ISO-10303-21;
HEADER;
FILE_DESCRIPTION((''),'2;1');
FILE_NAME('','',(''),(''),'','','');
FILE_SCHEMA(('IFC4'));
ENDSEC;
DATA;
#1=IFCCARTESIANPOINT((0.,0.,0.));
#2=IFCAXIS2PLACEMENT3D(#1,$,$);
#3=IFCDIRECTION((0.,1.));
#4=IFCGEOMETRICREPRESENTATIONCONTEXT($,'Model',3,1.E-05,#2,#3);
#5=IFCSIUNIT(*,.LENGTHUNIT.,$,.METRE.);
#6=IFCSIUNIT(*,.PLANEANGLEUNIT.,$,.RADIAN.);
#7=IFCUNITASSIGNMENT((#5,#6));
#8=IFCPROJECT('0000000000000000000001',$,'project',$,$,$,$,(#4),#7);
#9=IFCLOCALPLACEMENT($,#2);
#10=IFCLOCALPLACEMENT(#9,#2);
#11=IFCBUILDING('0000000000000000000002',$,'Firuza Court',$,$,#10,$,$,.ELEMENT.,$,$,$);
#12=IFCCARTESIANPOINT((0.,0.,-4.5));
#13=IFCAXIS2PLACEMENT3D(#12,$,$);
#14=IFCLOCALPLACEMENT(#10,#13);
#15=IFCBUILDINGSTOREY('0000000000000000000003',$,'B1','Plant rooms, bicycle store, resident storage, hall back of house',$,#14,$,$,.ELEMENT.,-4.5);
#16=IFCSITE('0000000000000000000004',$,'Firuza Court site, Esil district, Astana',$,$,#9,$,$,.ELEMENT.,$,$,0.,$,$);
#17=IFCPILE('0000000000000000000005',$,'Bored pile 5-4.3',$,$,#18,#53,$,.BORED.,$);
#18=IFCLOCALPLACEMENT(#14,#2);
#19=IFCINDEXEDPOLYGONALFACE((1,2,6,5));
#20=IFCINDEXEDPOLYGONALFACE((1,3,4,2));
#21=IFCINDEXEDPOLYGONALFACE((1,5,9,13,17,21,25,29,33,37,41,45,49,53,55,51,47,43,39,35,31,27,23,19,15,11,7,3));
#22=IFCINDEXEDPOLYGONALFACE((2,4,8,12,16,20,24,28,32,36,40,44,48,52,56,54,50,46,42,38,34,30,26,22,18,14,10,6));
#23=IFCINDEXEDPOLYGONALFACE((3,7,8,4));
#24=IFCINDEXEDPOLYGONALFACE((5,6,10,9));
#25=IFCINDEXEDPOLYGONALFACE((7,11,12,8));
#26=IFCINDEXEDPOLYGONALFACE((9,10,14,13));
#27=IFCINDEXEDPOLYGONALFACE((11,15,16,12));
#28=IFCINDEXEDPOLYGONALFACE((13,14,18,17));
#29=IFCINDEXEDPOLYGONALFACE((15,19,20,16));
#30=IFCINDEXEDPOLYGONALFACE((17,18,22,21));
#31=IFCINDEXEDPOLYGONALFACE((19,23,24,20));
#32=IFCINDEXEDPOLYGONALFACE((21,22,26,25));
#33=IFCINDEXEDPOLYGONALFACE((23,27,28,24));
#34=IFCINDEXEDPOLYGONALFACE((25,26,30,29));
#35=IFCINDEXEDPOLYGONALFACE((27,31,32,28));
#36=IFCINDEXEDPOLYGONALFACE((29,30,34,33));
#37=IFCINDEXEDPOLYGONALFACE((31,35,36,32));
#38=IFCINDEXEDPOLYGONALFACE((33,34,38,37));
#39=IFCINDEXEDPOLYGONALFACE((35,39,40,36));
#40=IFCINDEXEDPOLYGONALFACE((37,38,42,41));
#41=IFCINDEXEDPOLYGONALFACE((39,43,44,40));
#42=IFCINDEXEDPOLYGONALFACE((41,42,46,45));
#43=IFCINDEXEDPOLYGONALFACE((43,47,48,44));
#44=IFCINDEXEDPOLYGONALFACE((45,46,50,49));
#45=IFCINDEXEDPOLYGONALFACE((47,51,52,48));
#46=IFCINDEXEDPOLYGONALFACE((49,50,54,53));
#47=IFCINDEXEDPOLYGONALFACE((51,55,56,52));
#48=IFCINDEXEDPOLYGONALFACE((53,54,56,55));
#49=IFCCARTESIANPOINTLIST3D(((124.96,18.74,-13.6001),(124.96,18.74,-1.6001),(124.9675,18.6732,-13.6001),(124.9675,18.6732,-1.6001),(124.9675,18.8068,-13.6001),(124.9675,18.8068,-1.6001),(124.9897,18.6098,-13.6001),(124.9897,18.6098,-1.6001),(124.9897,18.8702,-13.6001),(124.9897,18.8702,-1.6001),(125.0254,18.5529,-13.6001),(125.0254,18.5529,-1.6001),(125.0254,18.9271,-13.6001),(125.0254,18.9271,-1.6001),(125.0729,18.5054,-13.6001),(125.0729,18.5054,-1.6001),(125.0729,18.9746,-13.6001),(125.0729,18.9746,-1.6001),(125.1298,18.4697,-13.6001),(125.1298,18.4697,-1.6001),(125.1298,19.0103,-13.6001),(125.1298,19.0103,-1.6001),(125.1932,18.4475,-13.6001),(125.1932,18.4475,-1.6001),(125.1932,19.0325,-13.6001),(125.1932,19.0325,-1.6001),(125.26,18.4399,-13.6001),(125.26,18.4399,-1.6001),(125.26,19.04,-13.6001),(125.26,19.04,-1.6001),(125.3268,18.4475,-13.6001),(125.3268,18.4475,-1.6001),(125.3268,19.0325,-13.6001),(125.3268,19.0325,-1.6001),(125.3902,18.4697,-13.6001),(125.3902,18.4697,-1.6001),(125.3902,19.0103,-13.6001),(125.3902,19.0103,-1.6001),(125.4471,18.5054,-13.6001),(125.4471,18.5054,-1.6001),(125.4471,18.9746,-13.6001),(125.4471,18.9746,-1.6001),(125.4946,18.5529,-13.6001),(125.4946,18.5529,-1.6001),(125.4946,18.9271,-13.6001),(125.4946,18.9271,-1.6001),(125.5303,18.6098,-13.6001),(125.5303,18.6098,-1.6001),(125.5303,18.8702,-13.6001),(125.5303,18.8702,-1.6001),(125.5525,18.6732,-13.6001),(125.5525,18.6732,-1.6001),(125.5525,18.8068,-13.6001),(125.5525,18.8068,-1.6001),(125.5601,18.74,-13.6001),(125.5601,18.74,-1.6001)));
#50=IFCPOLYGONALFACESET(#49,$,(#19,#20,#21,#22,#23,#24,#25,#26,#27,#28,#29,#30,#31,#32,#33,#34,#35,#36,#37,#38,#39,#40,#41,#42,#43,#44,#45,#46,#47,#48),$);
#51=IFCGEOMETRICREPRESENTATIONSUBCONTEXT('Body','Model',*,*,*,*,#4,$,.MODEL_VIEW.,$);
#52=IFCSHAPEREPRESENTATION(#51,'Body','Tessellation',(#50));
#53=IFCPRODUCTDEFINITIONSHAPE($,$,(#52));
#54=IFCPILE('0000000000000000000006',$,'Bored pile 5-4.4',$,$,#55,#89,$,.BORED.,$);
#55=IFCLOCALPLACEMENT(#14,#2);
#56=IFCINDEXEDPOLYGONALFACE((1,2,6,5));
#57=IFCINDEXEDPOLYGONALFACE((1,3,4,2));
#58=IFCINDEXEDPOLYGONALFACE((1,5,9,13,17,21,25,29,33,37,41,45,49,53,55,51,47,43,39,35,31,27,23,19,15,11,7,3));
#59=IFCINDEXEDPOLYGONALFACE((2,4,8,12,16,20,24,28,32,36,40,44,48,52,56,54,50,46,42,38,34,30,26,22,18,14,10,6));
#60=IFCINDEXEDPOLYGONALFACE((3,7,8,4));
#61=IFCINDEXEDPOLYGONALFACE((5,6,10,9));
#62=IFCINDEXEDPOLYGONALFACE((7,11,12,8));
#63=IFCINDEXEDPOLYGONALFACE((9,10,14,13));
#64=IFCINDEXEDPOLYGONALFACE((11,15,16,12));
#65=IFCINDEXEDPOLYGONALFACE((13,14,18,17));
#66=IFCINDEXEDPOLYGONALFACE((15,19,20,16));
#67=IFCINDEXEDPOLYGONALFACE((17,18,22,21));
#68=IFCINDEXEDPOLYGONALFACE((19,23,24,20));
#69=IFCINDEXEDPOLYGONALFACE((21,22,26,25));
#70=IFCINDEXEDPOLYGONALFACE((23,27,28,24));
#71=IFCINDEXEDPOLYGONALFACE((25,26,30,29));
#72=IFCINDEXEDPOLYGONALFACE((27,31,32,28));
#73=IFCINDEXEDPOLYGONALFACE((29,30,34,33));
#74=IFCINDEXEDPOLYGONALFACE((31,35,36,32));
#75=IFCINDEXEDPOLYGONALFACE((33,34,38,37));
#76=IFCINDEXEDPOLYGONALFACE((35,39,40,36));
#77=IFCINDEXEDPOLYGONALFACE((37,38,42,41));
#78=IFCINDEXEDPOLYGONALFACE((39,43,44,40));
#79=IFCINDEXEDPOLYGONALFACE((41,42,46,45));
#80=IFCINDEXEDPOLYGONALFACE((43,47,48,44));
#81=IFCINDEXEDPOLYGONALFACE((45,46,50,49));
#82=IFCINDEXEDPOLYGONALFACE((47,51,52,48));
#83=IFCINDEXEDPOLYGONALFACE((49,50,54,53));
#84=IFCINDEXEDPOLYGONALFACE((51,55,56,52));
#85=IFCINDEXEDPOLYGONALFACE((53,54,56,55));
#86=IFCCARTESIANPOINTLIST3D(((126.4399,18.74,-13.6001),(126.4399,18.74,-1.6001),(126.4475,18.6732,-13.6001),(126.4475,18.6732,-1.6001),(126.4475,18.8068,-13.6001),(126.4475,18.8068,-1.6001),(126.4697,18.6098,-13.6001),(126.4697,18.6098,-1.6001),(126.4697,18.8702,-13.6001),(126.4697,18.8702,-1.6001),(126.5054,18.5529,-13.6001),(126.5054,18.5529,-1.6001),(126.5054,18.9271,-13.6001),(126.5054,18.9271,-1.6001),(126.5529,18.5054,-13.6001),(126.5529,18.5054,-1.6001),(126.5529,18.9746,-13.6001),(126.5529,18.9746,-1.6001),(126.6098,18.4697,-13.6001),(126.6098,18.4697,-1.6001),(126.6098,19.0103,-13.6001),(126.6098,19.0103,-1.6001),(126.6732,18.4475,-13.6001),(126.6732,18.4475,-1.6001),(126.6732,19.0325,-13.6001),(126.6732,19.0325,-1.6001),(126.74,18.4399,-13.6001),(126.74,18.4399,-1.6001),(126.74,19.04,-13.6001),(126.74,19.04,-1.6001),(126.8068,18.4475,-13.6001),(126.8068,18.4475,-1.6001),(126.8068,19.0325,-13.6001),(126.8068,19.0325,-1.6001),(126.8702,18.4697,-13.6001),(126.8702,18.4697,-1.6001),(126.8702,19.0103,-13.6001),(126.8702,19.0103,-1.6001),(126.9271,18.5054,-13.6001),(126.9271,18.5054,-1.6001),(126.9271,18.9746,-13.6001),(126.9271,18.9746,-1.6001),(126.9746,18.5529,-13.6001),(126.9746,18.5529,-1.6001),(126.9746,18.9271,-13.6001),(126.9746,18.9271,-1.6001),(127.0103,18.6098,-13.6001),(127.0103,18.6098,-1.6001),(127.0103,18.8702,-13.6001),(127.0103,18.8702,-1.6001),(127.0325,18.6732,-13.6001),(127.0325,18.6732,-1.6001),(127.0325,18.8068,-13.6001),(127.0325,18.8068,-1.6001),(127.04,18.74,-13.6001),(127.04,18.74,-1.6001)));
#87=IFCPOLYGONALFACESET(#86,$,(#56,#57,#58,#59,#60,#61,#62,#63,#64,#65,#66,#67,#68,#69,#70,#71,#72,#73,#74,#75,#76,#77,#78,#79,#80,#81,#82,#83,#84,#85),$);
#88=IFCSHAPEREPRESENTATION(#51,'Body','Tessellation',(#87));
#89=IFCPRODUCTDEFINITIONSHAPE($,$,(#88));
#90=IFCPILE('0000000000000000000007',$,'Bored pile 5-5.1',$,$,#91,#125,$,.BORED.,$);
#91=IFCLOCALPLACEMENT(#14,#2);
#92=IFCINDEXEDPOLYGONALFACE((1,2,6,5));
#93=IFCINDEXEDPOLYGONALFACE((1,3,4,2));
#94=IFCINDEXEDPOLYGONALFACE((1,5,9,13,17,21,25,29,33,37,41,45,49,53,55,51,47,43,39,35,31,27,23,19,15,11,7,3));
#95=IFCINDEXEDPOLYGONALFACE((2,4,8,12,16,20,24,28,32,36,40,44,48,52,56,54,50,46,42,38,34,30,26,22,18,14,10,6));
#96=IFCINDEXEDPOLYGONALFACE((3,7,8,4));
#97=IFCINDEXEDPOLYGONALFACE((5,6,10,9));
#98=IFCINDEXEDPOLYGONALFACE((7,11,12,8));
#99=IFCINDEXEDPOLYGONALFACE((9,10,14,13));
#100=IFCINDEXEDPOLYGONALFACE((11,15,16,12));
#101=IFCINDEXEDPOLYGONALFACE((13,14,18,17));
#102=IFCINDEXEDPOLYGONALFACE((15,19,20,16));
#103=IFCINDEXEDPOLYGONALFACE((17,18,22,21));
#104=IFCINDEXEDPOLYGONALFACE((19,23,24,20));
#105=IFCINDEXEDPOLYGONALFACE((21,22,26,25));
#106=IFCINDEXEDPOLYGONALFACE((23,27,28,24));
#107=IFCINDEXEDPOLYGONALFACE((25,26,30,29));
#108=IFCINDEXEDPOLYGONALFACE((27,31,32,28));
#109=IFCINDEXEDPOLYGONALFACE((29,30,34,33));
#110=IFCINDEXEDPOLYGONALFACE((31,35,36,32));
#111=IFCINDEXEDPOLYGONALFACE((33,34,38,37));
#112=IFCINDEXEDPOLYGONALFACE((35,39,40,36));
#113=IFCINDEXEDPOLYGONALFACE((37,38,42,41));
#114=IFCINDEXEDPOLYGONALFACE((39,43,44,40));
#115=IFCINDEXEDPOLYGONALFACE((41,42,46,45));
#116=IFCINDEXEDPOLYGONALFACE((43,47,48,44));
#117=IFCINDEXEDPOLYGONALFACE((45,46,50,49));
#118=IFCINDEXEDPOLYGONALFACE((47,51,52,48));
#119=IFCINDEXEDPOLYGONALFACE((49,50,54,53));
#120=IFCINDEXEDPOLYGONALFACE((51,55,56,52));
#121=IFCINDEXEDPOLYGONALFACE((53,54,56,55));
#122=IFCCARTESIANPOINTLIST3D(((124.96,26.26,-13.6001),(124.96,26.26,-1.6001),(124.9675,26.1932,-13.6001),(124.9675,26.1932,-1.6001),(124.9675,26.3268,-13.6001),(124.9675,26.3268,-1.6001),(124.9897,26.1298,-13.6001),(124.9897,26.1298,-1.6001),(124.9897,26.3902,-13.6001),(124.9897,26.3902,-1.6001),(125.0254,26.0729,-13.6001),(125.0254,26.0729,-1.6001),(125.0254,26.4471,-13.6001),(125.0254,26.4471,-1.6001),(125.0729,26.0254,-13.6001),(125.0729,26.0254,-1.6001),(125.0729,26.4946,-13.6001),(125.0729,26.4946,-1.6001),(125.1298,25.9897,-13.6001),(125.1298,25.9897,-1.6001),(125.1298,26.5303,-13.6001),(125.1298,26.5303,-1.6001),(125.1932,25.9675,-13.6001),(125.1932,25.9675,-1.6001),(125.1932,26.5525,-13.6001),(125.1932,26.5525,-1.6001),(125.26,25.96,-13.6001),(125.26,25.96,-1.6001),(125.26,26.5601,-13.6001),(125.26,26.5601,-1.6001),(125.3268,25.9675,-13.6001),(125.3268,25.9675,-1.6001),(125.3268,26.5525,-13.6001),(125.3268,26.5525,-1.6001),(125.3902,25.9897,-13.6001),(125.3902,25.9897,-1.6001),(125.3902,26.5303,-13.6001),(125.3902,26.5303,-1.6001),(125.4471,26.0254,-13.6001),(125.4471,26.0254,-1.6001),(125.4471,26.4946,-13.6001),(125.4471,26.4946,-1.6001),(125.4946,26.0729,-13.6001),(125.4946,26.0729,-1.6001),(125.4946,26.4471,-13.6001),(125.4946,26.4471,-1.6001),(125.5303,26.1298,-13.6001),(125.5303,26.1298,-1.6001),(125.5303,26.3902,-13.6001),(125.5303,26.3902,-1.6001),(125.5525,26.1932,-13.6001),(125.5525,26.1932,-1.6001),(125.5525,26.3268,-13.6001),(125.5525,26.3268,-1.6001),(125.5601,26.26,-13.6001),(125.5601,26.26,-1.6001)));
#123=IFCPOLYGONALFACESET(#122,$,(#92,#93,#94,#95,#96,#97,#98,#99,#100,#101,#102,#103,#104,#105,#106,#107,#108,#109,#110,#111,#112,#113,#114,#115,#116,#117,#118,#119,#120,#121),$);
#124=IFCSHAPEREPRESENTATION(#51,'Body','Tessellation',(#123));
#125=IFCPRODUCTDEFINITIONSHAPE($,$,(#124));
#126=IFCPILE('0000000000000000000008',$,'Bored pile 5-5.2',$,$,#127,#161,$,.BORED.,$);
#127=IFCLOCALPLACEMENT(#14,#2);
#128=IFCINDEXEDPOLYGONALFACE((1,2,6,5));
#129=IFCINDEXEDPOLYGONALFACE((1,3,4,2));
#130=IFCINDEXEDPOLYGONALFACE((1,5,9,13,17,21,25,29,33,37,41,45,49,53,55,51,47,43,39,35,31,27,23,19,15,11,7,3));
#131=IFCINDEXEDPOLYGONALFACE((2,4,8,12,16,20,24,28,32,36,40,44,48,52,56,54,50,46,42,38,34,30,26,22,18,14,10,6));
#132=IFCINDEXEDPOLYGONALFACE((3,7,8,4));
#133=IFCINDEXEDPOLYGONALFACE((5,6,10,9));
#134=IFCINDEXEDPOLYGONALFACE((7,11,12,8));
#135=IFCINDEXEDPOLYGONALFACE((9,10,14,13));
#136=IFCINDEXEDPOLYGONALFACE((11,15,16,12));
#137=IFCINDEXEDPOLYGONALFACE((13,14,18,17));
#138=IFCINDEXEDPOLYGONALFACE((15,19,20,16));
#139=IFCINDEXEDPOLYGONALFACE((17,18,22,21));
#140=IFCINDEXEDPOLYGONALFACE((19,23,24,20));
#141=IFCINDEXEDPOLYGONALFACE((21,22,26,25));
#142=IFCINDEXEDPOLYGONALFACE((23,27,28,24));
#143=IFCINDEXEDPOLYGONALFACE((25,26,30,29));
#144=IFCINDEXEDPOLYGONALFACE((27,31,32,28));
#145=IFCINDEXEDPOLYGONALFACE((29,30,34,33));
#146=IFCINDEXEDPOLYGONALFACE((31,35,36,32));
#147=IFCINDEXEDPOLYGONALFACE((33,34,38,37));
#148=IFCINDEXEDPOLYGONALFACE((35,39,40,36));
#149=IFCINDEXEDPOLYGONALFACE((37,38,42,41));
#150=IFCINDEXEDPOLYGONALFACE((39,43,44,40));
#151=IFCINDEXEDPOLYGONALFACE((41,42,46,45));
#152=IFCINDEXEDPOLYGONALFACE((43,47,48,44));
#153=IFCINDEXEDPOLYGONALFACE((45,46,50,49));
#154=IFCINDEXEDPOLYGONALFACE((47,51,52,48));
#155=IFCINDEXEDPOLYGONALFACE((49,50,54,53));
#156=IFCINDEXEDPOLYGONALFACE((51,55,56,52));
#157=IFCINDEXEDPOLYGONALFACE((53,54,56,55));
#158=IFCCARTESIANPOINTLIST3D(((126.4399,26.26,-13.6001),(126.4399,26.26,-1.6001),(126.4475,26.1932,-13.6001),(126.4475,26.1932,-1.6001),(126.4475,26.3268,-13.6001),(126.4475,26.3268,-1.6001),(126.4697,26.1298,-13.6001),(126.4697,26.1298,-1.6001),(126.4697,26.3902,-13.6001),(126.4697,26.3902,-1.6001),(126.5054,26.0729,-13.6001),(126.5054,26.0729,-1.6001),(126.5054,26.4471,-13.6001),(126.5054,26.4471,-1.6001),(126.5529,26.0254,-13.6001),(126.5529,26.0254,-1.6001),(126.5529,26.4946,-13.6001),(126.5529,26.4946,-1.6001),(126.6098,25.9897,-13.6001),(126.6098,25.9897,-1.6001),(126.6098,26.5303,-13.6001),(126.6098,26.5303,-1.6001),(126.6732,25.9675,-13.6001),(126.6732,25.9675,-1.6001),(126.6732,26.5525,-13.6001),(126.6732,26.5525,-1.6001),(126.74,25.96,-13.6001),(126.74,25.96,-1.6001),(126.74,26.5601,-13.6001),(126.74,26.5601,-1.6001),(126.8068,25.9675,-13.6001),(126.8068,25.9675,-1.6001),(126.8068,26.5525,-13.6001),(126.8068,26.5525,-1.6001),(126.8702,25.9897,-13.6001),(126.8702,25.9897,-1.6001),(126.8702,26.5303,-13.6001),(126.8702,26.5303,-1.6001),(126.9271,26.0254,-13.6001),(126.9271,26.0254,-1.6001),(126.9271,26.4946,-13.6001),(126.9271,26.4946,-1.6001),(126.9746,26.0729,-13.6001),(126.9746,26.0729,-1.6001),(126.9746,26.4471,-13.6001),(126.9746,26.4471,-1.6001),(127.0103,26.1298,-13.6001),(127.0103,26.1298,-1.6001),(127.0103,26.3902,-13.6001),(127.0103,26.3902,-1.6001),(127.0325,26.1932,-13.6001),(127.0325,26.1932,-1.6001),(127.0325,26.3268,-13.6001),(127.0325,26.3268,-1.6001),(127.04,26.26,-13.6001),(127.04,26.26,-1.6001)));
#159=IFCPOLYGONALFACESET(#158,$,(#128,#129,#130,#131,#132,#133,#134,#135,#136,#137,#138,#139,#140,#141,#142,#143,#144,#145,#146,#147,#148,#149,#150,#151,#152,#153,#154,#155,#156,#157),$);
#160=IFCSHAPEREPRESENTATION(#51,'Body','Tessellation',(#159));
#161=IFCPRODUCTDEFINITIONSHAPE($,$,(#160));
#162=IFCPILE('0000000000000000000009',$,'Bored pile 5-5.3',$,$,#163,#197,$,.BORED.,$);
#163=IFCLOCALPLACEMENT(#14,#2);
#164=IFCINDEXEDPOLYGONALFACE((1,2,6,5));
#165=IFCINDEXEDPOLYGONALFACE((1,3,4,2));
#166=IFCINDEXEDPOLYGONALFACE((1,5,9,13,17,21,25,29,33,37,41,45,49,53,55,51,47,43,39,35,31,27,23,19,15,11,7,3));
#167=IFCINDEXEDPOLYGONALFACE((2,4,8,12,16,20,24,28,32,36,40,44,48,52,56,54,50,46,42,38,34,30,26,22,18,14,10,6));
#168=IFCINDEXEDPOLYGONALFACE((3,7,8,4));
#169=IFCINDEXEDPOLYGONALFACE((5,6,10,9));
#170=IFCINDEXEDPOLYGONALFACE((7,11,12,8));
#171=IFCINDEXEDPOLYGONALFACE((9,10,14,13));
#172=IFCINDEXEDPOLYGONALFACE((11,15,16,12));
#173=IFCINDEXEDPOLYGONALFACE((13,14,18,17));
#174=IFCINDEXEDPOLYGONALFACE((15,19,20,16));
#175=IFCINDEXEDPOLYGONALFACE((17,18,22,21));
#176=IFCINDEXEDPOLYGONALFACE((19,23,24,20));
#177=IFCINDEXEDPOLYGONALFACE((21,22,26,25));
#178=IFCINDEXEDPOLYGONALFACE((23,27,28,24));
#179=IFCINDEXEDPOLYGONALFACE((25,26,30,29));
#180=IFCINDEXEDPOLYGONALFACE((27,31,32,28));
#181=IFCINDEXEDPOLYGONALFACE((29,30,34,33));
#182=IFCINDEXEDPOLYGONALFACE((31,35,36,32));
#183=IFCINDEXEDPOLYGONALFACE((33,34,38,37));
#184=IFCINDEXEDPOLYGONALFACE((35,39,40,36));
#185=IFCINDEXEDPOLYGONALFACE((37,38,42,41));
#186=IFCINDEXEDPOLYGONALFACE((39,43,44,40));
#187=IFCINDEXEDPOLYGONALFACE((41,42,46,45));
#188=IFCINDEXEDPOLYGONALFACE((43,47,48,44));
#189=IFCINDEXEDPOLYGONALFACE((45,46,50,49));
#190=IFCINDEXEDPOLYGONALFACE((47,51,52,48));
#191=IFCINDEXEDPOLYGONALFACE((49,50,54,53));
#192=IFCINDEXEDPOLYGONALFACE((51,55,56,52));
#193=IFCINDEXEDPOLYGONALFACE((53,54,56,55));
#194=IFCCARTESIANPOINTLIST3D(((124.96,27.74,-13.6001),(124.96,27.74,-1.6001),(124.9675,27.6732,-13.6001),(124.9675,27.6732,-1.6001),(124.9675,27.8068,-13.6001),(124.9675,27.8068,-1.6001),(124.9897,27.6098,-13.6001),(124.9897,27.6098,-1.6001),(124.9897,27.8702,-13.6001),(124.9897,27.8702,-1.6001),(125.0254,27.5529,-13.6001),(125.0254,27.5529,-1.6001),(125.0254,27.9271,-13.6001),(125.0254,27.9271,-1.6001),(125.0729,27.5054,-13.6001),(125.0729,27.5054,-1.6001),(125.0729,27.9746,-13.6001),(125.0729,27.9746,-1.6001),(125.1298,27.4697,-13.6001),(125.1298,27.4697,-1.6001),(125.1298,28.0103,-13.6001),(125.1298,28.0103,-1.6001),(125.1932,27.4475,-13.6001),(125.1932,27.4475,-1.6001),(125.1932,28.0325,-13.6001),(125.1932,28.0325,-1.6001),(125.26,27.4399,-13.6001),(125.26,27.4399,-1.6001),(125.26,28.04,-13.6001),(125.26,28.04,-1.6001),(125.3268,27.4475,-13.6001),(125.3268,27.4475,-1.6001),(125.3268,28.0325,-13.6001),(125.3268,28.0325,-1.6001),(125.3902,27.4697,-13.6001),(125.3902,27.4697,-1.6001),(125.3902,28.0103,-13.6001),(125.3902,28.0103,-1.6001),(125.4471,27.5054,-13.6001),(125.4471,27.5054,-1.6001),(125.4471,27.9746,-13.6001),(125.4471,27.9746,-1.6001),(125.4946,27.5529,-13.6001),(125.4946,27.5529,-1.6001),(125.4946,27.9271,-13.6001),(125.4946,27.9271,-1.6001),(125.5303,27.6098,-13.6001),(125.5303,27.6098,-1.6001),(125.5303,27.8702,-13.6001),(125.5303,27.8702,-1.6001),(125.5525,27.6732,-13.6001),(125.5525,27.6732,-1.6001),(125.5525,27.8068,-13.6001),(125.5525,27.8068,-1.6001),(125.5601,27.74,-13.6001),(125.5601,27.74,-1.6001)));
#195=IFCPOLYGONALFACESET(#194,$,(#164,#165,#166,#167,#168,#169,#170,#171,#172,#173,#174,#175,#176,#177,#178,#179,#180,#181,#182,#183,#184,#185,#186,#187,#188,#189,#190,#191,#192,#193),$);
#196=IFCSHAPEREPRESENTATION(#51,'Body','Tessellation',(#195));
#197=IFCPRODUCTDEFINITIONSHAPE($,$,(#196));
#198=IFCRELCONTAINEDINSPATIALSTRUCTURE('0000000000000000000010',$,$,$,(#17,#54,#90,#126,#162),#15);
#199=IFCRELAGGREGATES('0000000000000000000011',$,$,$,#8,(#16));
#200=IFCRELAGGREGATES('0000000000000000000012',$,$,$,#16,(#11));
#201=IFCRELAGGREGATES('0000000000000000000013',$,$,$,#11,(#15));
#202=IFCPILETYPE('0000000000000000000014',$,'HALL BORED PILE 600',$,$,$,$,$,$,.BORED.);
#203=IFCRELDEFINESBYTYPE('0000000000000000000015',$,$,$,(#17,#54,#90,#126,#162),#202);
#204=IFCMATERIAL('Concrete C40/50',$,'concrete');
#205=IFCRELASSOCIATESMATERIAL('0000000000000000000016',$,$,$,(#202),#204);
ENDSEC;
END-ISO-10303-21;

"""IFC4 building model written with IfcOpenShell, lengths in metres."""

from ifc_helpers import new_model, si_unit, direction, frame, origin, origin_2d, place, context, subcontext, project, spatial, circle, extrude, material, material_profile, profile_set, type_object, element, save


model = new_model("IFC4")

# Units and contexts
model_context = context("Model", 3, precision=1e-05, world=origin(), true_north=direction((0.0, 1.0)))
body_context = subcontext(model_context, "Body", "Model", "MODEL_VIEW")
ifc_project = project(units=[si_unit("LENGTHUNIT", "METRE"), si_unit("PLANEANGLEUNIT", "RADIAN")], contexts=[model_context])

# Site, building, storey
site_placement = place(None, origin())
site = spatial("IfcSite", under=ifc_project, at=site_placement, Name="Firuza Court site, Esil district, Astana", CompositionType="ELEMENT", RefElevation=0.0)
building_placement = place(site_placement, origin())
building = spatial("IfcBuilding", under=site, at=building_placement, Name="Firuza Court", CompositionType="ELEMENT")
storey_placement = place(building_placement, frame((0.0, 0.0, -4.5)))
storey = spatial("IfcBuildingStorey", under=building, at=storey_placement, Name="B1", Description="Plant rooms, bicycle store, resident storage, hall back of house", CompositionType="ELEMENT", Elevation=-4.5)

# Piles
ifc_material_1 = material(Name="Concrete C40/50", Category="concrete")
ifc_material_profile_1 = material_profile(ifc_material_1, circle(Radius=0.3, at=origin_2d()), Name="PILE 600")
ifc_profile_set_1 = profile_set([ifc_material_profile_1], Name="Concrete C40/50")
pile_type = type_object("IfcPileType", Name="HALL BORED PILE 600", PredefinedType="BORED", material=ifc_profile_set_1)
for number, where, z_axis, x_axis, name in (
    (1, (125.26, 18.74, -1.6001), (0.0, 0.0, -1.0), (1.0, 0.0, 0.0), "Bored pile 5-4.3"),
    (2, (126.74, 18.74, -1.6001), (0.0, 0.0, -1.0), (1.0, 0.0, 0.0), "Bored pile 5-4.4"),
    (3, (125.26, 26.26, -1.6001), (0.0, 0.0, -1.0), (1.0, 0.0, 0.0), "Bored pile 5-5.1"),
    (4, (126.74, 26.26, -1.6001), (0.0, 0.0, -1.0), (1.0, 0.0, 0.0), "Bored pile 5-5.2"),
    (5, (125.26, 27.74, -1.6001), (0.0, 0.0, -1.0), (1.0, 0.0, 0.0), "Bored pile 5-5.3"),
):
    element("IfcPile", number, at=place(storey_placement, frame(where, z_axis=z_axis, x_axis=x_axis)), inside=storey, type_object=pile_type, Name=name, PredefinedType="BORED", context=body_context, shape_type="SweptSolid", body=[
        extrude(circle(Radius=0.3, at=origin_2d()), origin(), (0.0, 0.0, 1.0), 12.0),
    ])

save(model, "model.ifc")
